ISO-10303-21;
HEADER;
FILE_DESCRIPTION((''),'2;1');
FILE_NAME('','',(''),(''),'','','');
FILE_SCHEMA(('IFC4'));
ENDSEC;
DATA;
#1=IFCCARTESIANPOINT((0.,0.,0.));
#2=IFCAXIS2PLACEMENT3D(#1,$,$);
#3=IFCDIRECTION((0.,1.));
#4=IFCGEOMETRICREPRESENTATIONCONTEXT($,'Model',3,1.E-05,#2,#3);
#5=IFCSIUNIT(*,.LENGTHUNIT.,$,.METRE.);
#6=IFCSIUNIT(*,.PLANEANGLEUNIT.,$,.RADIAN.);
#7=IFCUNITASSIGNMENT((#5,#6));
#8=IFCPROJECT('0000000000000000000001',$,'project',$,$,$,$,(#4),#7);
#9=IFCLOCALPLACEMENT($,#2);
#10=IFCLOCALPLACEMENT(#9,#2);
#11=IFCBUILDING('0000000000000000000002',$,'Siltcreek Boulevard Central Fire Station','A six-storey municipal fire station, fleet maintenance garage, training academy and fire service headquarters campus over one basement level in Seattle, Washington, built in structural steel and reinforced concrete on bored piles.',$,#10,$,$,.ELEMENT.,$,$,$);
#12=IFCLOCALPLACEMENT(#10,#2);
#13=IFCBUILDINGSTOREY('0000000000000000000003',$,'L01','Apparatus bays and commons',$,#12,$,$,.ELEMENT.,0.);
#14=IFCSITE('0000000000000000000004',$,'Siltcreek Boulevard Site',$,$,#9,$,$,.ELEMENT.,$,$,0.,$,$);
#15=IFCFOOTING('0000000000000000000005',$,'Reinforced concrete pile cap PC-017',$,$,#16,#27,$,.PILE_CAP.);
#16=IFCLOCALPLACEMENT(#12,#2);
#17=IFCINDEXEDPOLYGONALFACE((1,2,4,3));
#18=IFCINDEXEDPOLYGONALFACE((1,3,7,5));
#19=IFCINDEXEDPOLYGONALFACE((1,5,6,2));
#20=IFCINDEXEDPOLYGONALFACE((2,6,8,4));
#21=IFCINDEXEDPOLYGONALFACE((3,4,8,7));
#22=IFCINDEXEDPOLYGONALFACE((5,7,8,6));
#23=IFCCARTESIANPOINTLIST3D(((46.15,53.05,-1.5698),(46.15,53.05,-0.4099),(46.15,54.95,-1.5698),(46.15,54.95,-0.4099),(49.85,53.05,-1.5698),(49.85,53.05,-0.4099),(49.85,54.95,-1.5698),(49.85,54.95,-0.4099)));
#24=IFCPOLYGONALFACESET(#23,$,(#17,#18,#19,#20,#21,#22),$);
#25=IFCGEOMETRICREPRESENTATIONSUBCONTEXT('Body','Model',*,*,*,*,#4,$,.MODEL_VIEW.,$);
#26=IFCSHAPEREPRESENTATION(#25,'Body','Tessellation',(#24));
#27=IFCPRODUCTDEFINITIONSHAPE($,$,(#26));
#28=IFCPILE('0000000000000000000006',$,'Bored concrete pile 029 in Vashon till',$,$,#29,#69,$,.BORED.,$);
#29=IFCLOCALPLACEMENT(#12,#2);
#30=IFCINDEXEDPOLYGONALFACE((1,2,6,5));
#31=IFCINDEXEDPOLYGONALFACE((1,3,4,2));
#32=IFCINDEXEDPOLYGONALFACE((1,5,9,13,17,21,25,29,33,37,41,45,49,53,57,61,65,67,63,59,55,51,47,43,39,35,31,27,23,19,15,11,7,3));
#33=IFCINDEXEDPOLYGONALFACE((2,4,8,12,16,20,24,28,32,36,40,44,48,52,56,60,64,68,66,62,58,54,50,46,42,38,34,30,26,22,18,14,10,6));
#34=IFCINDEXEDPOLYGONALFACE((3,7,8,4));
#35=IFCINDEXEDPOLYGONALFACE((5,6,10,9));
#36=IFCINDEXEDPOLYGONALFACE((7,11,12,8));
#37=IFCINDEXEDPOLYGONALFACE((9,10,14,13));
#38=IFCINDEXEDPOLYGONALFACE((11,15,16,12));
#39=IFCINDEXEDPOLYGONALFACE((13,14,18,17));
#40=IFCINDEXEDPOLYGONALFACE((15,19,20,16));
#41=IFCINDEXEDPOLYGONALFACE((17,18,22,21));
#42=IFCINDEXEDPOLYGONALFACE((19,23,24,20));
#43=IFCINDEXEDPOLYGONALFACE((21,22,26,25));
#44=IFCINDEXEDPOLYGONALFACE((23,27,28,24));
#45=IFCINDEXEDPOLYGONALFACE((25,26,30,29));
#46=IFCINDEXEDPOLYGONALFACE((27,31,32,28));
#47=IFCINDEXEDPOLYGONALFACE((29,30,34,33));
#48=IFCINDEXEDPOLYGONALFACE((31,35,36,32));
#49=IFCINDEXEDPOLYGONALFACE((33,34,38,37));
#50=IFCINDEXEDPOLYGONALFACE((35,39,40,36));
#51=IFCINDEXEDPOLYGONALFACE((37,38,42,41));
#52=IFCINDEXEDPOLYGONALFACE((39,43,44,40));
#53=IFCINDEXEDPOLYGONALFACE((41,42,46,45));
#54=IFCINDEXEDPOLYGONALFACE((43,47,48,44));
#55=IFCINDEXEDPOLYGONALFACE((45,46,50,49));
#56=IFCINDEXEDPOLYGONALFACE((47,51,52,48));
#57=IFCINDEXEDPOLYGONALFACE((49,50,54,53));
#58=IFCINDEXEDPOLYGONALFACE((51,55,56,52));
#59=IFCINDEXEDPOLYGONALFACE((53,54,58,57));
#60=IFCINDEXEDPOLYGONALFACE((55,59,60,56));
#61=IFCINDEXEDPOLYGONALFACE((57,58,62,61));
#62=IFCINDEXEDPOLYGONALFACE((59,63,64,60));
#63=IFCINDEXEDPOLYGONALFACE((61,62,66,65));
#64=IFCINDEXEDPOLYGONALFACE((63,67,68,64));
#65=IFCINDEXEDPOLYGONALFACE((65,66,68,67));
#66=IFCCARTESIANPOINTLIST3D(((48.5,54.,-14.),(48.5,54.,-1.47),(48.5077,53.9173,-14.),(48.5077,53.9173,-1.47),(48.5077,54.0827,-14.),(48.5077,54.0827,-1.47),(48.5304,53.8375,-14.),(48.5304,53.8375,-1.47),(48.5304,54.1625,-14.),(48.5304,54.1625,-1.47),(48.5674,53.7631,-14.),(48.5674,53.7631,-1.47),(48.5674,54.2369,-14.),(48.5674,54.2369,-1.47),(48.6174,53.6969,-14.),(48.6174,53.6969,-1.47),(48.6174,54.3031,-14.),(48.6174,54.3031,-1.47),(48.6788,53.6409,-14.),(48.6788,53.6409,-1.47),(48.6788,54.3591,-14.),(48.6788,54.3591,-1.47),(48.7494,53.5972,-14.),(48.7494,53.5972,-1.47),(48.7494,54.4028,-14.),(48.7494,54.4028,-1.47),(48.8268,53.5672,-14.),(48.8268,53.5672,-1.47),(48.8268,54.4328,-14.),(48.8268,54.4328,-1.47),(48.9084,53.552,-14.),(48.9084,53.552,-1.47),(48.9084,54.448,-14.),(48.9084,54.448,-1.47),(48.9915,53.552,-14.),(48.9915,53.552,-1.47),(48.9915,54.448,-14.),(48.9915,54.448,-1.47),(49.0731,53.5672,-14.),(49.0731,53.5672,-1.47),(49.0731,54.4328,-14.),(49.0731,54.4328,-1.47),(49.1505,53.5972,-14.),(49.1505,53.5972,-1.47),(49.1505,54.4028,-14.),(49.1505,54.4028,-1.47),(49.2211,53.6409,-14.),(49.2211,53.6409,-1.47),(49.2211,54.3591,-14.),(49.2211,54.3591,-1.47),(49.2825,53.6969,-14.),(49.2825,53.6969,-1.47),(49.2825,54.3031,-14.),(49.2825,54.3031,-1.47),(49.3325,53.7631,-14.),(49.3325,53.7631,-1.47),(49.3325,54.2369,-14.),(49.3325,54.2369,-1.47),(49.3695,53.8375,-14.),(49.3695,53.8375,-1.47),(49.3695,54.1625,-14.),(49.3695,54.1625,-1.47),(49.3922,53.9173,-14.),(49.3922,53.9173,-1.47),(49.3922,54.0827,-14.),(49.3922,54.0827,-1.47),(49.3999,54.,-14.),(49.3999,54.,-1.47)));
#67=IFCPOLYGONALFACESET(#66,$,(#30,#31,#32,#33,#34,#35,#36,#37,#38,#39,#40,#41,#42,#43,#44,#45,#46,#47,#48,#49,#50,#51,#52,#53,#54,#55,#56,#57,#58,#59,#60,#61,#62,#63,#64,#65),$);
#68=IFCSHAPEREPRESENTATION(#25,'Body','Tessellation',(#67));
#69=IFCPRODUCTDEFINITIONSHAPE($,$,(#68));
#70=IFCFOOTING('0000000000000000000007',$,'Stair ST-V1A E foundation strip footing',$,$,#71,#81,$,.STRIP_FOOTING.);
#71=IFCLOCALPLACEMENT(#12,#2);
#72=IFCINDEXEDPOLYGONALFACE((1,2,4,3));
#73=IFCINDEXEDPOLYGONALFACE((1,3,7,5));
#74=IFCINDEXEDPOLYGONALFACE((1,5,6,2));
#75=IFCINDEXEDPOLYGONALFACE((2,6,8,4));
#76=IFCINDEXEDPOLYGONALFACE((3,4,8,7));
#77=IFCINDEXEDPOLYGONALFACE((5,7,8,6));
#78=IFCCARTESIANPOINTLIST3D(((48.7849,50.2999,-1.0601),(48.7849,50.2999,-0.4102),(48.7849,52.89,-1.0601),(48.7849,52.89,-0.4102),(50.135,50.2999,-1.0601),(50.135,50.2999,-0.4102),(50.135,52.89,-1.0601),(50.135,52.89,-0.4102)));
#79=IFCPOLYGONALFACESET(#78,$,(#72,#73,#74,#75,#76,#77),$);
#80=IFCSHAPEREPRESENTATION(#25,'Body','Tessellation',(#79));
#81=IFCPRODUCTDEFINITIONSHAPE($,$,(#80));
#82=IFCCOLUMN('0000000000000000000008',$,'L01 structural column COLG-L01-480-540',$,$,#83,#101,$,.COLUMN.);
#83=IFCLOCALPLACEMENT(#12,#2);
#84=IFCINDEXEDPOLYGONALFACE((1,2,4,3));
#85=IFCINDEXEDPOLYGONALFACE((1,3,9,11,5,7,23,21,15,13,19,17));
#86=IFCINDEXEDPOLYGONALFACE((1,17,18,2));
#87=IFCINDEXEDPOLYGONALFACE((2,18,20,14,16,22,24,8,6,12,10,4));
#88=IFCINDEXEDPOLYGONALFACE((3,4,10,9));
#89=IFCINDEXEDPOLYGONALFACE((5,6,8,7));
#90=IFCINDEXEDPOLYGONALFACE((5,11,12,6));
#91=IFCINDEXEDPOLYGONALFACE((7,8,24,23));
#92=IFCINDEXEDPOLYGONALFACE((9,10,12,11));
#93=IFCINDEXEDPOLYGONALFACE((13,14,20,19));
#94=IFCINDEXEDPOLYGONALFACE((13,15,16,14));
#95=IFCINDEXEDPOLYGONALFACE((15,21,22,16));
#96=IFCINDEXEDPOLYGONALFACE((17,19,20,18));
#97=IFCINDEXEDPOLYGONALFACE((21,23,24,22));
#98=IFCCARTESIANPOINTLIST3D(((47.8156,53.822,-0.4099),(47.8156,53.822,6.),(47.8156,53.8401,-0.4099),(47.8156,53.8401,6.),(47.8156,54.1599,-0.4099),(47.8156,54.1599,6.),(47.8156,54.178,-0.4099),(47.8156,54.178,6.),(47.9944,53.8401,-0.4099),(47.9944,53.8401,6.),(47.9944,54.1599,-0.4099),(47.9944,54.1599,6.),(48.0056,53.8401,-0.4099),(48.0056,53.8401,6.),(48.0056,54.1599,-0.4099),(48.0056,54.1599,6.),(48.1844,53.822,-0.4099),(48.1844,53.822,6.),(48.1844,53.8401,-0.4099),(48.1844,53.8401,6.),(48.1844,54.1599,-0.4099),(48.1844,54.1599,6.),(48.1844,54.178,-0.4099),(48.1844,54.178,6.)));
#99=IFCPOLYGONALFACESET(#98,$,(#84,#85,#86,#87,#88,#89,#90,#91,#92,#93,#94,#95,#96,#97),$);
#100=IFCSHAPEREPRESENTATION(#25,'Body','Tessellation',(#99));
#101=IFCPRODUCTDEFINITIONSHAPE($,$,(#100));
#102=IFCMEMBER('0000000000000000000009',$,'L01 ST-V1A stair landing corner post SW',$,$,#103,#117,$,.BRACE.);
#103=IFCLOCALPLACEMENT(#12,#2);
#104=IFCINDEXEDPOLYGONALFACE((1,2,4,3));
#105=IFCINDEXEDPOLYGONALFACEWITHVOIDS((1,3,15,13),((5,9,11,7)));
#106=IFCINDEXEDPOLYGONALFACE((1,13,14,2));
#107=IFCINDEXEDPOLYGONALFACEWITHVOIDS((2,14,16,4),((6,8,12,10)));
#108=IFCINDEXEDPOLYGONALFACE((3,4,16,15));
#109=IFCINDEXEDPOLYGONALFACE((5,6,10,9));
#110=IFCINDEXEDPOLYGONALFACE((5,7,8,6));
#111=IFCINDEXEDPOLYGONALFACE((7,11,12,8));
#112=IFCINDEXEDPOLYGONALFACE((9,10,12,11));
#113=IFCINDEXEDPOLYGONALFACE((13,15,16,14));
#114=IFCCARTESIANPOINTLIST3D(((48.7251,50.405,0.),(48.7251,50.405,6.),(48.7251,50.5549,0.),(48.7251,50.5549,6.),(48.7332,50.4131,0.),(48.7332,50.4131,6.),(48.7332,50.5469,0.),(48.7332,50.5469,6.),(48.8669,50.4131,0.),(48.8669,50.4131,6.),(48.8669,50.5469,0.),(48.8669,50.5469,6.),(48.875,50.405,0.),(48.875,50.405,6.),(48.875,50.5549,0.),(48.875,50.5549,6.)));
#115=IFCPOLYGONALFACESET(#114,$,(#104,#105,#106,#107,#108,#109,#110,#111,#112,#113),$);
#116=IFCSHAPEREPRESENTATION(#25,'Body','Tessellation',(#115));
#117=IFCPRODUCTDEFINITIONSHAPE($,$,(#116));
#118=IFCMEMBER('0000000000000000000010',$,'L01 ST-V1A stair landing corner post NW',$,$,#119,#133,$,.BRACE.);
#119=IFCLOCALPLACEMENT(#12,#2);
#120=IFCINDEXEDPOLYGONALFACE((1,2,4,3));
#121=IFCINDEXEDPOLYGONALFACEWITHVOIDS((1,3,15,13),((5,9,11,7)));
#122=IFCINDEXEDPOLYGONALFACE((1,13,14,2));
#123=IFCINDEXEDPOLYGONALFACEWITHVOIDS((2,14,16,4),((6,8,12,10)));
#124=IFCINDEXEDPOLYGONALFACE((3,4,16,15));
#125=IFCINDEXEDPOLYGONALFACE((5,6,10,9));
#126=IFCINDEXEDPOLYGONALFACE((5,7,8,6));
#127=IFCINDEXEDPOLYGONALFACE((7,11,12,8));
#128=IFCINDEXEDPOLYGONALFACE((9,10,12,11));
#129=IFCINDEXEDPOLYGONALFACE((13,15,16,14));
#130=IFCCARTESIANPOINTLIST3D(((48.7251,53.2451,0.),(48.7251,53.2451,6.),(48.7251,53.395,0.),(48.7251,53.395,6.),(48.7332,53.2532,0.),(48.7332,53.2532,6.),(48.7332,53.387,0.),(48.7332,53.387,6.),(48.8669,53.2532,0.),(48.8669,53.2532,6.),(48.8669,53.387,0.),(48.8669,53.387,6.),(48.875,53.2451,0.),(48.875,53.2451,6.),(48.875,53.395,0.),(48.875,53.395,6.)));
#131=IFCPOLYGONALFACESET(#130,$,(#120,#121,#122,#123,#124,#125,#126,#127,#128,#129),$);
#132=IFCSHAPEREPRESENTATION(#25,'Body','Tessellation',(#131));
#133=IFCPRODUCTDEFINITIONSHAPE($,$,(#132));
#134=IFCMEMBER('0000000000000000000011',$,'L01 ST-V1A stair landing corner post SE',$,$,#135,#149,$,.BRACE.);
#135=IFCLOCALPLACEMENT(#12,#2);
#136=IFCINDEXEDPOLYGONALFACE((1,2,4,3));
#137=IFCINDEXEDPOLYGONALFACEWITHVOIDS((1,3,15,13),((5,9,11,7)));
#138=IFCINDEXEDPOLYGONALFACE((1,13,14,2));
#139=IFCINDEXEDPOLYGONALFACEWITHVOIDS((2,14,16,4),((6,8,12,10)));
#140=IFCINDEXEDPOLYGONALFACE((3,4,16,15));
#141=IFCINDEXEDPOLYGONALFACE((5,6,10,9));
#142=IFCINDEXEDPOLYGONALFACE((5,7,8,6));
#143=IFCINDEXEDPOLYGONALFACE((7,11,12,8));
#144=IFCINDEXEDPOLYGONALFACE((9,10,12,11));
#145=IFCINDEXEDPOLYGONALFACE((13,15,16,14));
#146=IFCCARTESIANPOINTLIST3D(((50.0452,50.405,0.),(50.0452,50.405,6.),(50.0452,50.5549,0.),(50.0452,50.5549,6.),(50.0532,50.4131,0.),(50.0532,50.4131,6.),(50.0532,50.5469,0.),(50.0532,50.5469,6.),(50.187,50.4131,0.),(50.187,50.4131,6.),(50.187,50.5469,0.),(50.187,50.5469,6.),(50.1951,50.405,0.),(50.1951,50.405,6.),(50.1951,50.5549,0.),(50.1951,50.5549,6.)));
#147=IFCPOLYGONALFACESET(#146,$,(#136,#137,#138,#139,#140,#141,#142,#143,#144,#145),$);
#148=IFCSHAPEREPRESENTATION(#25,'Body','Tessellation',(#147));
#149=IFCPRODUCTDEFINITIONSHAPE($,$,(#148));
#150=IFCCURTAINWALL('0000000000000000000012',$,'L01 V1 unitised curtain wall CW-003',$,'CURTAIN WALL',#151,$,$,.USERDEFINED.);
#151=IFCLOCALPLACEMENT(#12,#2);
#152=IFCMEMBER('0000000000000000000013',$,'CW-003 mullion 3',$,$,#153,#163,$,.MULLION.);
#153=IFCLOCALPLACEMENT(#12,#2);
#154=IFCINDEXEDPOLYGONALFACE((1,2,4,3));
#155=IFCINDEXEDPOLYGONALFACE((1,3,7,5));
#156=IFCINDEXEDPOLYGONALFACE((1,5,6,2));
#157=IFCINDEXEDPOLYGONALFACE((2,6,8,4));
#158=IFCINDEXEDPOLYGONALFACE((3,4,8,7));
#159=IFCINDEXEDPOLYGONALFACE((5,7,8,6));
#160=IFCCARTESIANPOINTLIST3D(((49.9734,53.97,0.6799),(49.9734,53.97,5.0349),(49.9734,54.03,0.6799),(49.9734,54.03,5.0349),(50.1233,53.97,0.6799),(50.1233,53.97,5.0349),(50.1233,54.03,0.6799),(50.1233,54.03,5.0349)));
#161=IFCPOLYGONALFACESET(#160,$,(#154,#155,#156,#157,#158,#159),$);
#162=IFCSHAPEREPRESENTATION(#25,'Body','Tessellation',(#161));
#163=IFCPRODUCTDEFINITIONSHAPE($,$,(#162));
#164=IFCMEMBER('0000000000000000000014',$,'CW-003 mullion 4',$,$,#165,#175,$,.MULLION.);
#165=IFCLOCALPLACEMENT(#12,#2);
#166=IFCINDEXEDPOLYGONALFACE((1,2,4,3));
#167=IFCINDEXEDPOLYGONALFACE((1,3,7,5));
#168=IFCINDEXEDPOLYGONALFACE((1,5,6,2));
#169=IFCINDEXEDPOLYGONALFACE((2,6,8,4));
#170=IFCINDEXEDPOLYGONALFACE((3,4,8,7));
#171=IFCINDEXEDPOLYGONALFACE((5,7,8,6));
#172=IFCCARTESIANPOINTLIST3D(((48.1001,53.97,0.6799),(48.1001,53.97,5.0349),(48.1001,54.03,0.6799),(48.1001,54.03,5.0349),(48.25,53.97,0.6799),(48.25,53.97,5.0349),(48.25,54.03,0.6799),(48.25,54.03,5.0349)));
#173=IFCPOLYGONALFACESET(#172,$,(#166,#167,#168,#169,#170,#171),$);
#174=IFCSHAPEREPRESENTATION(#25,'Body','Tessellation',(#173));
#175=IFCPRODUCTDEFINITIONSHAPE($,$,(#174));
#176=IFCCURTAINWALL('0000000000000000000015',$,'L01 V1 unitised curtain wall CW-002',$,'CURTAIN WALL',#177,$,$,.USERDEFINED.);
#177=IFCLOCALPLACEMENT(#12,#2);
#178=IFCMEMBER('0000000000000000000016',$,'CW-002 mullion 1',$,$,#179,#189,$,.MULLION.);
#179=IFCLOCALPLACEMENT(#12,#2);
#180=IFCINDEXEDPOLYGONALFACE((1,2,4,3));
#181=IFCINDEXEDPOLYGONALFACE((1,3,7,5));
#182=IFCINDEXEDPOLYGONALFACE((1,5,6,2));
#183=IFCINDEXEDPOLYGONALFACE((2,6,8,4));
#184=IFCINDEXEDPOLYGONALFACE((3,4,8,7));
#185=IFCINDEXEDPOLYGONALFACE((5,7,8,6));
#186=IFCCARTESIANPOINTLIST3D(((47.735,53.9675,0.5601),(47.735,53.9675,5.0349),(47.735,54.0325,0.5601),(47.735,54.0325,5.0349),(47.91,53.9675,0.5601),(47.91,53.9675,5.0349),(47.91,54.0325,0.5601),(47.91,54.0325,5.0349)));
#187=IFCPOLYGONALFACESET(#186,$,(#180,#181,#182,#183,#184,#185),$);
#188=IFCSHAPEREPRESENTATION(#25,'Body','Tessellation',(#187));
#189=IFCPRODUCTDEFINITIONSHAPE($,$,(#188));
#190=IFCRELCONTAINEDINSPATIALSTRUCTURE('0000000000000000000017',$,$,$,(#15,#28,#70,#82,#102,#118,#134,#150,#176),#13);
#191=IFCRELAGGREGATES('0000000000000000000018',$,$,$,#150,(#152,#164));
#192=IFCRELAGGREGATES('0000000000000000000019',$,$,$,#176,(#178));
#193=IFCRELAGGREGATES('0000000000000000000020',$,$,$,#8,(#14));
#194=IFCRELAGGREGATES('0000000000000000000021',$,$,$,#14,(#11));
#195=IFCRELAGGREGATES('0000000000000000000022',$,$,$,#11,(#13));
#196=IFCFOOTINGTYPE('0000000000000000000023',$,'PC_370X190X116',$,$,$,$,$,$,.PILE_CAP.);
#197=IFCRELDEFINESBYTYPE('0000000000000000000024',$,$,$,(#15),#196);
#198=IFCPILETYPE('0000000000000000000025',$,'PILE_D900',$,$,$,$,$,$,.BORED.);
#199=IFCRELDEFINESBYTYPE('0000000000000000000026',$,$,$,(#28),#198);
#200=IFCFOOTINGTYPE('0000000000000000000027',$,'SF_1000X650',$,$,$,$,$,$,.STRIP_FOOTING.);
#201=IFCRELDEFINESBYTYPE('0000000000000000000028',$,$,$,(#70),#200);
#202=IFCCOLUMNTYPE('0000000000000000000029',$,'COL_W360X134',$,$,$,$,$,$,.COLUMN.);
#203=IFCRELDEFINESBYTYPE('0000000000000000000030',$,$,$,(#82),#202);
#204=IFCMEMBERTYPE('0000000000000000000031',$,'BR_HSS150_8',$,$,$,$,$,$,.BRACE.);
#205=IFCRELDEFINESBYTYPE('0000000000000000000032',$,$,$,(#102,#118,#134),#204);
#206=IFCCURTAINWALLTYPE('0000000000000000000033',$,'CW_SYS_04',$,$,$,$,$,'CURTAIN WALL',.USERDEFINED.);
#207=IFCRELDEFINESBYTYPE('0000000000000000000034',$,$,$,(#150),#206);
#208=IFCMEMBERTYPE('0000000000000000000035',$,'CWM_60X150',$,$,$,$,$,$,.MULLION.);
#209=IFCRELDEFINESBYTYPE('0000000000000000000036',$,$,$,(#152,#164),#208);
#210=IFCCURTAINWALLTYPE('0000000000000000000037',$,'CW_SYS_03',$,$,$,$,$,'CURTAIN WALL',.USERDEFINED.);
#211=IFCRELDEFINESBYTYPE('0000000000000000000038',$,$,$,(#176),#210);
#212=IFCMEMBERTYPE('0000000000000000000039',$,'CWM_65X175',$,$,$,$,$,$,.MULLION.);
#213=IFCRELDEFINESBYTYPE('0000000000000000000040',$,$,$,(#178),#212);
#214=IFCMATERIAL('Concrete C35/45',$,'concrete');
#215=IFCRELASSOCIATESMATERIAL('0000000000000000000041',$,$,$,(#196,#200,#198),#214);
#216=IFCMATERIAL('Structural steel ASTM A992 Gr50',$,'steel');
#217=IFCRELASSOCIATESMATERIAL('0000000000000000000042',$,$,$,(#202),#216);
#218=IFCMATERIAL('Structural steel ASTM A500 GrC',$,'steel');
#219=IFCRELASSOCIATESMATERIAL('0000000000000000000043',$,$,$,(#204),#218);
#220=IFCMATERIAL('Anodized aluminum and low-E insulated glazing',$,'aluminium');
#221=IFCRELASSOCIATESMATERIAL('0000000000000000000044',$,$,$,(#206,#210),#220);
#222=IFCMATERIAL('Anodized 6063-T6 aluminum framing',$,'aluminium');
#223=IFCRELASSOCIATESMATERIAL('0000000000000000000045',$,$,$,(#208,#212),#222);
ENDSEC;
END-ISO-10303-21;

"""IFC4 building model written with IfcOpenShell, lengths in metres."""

from ifc_helpers import new_model, si_unit, direction, frame, origin, origin_2d, place, context, subcontext, project, spatial, rectangle, hollow_rectangle, circle, i_section, extrude, material, material_profile, profile_set, type_object, element, aggregate, save


model = new_model("IFC4")

# Units and contexts
model_context = context("Model", 3, precision=1e-05, world=origin(), true_north=direction((0.0, 1.0)))
body_context = subcontext(model_context, "Body", "Model", "MODEL_VIEW")
ifc_project = project(units=[si_unit("LENGTHUNIT", "METRE"), si_unit("PLANEANGLEUNIT", "RADIAN")], contexts=[model_context])

# Site, building, storey
site_placement = place(None, origin())
site = spatial("IfcSite", under=ifc_project, at=site_placement, Name="Siltcreek Boulevard Site", CompositionType="ELEMENT", RefElevation=0.0)
building_placement = place(site_placement, origin())
building = spatial("IfcBuilding", under=site, at=building_placement, Name="Siltcreek Boulevard Central Fire Station", Description="A six-storey municipal fire station, fleet maintenance garage, training academy and fire service headquarters campus over one basement level in Seattle, Washington, built in structural steel and reinforced concrete on bored piles.", CompositionType="ELEMENT")
storey_placement = place(building_placement, origin())
storey = spatial("IfcBuildingStorey", under=building, at=storey_placement, Name="L01", Description="Apparatus bays and commons", CompositionType="ELEMENT", Elevation=0.0)

# Footing
ifc_material_1 = material(Name="Concrete C35/45", Category="concrete")
footing_type_1 = type_object("IfcFootingType", Name="PC_370X190X116", PredefinedType="PILE_CAP", material=ifc_material_1)
footing_1_placement = place(storey_placement, frame((48.0, 54.0, -1.5698), z_axis=(0.0, 0.0, 1.0), x_axis=(1.0, 0.0, 0.0)))
element("IfcFooting", 1, at=footing_1_placement, inside=storey, type_object=footing_type_1, Name="Reinforced concrete pile cap PC-017", PredefinedType="PILE_CAP", context=body_context, shape_type="SweptSolid", body=[
    extrude(rectangle(XDim=3.7, YDim=1.8999, at=origin_2d()), origin(), (0.0, 0.0, 1.0), 1.1599),
])

# Pile
ifc_material_profile_1 = material_profile(ifc_material_1, circle(Radius=0.45, at=origin_2d()), Name="SHAFT900")
ifc_profile_set_1 = profile_set([ifc_material_profile_1], Name="Concrete C35/45")
pile_type = type_object("IfcPileType", Name="PILE_D900", PredefinedType="BORED", material=ifc_profile_set_1)
pile_placement = place(storey_placement, frame((48.95, 54.0, -1.47), z_axis=(0.0, 0.0, -1.0), x_axis=(1.0, 0.0, 0.0)))
element("IfcPile", 2, at=pile_placement, inside=storey, type_object=pile_type, Name="Bored concrete pile 029 in Vashon till", PredefinedType="BORED", context=body_context, shape_type="SweptSolid", body=[
    extrude(circle(Radius=0.45, at=origin_2d()), origin(), (0.0, 0.0, 1.0), 12.53),
])

# Footing
footing_type_2 = type_object("IfcFootingType", Name="SF_1000X650", PredefinedType="STRIP_FOOTING", material=ifc_material_1)
footing_2_placement = place(storey_placement, frame((49.46, 51.595, -1.0601), z_axis=(0.0, 0.0, 1.0), x_axis=(1.0, 0.0, 0.0)))
element("IfcFooting", 3, at=footing_2_placement, inside=storey, type_object=footing_type_2, Name="Stair ST-V1A E foundation strip footing", PredefinedType="STRIP_FOOTING", context=body_context, shape_type="SweptSolid", body=[
    extrude(rectangle(XDim=1.3501, YDim=2.5901, at=origin_2d()), origin(), (0.0, 0.0, 1.0), 0.6499),
])

# Column
ifc_material_2 = material(Name="Structural steel ASTM A992 Gr50", Category="steel")
ifc_material_profile_2 = material_profile(ifc_material_2, i_section(OverallWidth=0.3689, OverallDepth=0.356, WebThickness=0.0112, FlangeThickness=0.0181, at=origin_2d()), Name="W360X134")
ifc_profile_set_2 = profile_set([ifc_material_profile_2], Name="Structural steel ASTM A992 Gr50")
column_type = type_object("IfcColumnType", Name="COL_W360X134", PredefinedType="COLUMN", material=ifc_profile_set_2)
column_placement = place(storey_placement, frame((48.0, 54.0, -0.4099), z_axis=(0.0, 0.0, 1.0), x_axis=(1.0, 0.0, 0.0)))
element("IfcColumn", 4, at=column_placement, inside=storey, type_object=column_type, Name="L01 structural column COLG-L01-480-540", PredefinedType="COLUMN", context=body_context, shape_type="SweptSolid", body=[
    extrude(i_section(OverallWidth=0.3689, OverallDepth=0.356, WebThickness=0.0112, FlangeThickness=0.0181, at=origin_2d()), origin(), (0.0, 0.0, 1.0), 6.4099),
])

# Members
ifc_material_3 = material(Name="Structural steel ASTM A500 GrC", Category="steel")
ifc_material_profile_3 = material_profile(ifc_material_3, hollow_rectangle(XDim=0.1499, YDim=0.1499, WallThickness=0.0081, at=origin_2d()), Name="HSS150X150X8.0")
ifc_profile_set_3 = profile_set([ifc_material_profile_3], Name="Structural steel ASTM A500 GrC")
member_type_1 = type_object("IfcMemberType", Name="BR_HSS150_8", PredefinedType="BRACE", material=ifc_profile_set_3)
for number, where, z_axis, x_axis, name in (
    (5, (48.8, 50.48, 0.0), (0.0, 0.0, 1.0), (1.0, 0.0, 0.0), "L01 ST-V1A stair landing corner post SW"),
    (6, (48.8, 53.3201, 0.0), (0.0, 0.0, 1.0), (1.0, 0.0, 0.0), "L01 ST-V1A stair landing corner post NW"),
    (7, (50.1201, 50.48, 0.0), (0.0, 0.0, 1.0), (1.0, 0.0, 0.0), "L01 ST-V1A stair landing corner post SE"),
):
    element("IfcMember", number, at=place(storey_placement, frame(where, z_axis=z_axis, x_axis=x_axis)), inside=storey, type_object=member_type_1, Name=name, PredefinedType="BRACE", context=body_context, shape_type="SweptSolid", body=[
        extrude(hollow_rectangle(XDim=0.1499, YDim=0.1499, WallThickness=0.0081, at=origin_2d()), origin(), (0.0, 0.0, 1.0), 6.0),
    ])

# Curtain wall, members
ifc_material_4 = material(Name="Anodized aluminum and low-E insulated glazing", Category="aluminium")
curtain_wall_type_1 = type_object("IfcCurtainWallType", Name="CW_SYS_04", ElementType="CURTAIN WALL", PredefinedType="USERDEFINED", material=ifc_material_4)
curtain_wall_1_placement = place(storey_placement, origin())
curtain_wall_1 = element("IfcCurtainWall", 8, at=curtain_wall_1_placement, inside=storey, type_object=curtain_wall_type_1, Name="L01 V1 unitised curtain wall CW-003", ObjectType="CURTAIN WALL", PredefinedType="USERDEFINED")
ifc_material_5 = material(Name="Anodized 6063-T6 aluminum framing", Category="aluminium")
ifc_material_profile_4 = material_profile(ifc_material_5, rectangle(XDim=0.0601, YDim=0.1499, at=origin_2d()), Name="MULL60X150")
ifc_profile_set_4 = profile_set([ifc_material_profile_4], Name="Anodized 6063-T6 aluminum framing")
member_type_2 = type_object("IfcMemberType", Name="CWM_60X150", PredefinedType="MULLION", material=ifc_profile_set_4)
member_1_placement = place(storey_placement, frame((50.0483, 54.0, 0.6799), z_axis=(0.0, 0.0, 1.0), x_axis=(0.0, -1.0, 0.0)))
member_1 = element("IfcMember", 9, at=member_1_placement, type_object=member_type_2, Name="CW-003 mullion 3", PredefinedType="MULLION", context=body_context, shape_type="SweptSolid", body=[
    extrude(rectangle(XDim=0.0601, YDim=0.1499, at=origin_2d()), origin(), (0.0, 0.0, 1.0), 4.355),
])
member_2_placement = place(storey_placement, frame((48.175, 54.0, 0.6799), z_axis=(0.0, 0.0, 1.0), x_axis=(0.0, -1.0, 0.0)))
member_2 = element("IfcMember", 10, at=member_2_placement, type_object=member_type_2, Name="CW-003 mullion 4", PredefinedType="MULLION", context=body_context, shape_type="SweptSolid", body=[
    extrude(rectangle(XDim=0.0601, YDim=0.1499, at=origin_2d()), origin(), (0.0, 0.0, 1.0), 4.355),
])

# Curtain wall, member
curtain_wall_type_2 = type_object("IfcCurtainWallType", Name="CW_SYS_03", ElementType="CURTAIN WALL", PredefinedType="USERDEFINED", material=ifc_material_4)
curtain_wall_2_placement = place(storey_placement, origin())
curtain_wall_2 = element("IfcCurtainWall", 11, at=curtain_wall_2_placement, inside=storey, type_object=curtain_wall_type_2, Name="L01 V1 unitised curtain wall CW-002", ObjectType="CURTAIN WALL", PredefinedType="USERDEFINED")
ifc_material_profile_5 = material_profile(ifc_material_5, rectangle(XDim=0.0649, YDim=0.175, at=origin_2d()), Name="MULL65X175")
ifc_profile_set_5 = profile_set([ifc_material_profile_5], Name="Anodized 6063-T6 aluminum framing")
member_type_3 = type_object("IfcMemberType", Name="CWM_65X175", PredefinedType="MULLION", material=ifc_profile_set_5)
member_3_placement = place(storey_placement, frame((47.8225, 54.0, 0.5601), z_axis=(0.0, 0.0, 1.0), x_axis=(0.0, -1.0, 0.0)))
member_3 = element("IfcMember", 12, at=member_3_placement, type_object=member_type_3, Name="CW-002 mullion 1", PredefinedType="MULLION", context=body_context, shape_type="SweptSolid", body=[
    extrude(rectangle(XDim=0.0649, YDim=0.175, at=origin_2d()), origin(), (0.0, 0.0, 1.0), 4.4749),
])

aggregate(curtain_wall_1, [member_1, member_2])
aggregate(curtain_wall_2, [member_3])

save(model, "model.ifc")
